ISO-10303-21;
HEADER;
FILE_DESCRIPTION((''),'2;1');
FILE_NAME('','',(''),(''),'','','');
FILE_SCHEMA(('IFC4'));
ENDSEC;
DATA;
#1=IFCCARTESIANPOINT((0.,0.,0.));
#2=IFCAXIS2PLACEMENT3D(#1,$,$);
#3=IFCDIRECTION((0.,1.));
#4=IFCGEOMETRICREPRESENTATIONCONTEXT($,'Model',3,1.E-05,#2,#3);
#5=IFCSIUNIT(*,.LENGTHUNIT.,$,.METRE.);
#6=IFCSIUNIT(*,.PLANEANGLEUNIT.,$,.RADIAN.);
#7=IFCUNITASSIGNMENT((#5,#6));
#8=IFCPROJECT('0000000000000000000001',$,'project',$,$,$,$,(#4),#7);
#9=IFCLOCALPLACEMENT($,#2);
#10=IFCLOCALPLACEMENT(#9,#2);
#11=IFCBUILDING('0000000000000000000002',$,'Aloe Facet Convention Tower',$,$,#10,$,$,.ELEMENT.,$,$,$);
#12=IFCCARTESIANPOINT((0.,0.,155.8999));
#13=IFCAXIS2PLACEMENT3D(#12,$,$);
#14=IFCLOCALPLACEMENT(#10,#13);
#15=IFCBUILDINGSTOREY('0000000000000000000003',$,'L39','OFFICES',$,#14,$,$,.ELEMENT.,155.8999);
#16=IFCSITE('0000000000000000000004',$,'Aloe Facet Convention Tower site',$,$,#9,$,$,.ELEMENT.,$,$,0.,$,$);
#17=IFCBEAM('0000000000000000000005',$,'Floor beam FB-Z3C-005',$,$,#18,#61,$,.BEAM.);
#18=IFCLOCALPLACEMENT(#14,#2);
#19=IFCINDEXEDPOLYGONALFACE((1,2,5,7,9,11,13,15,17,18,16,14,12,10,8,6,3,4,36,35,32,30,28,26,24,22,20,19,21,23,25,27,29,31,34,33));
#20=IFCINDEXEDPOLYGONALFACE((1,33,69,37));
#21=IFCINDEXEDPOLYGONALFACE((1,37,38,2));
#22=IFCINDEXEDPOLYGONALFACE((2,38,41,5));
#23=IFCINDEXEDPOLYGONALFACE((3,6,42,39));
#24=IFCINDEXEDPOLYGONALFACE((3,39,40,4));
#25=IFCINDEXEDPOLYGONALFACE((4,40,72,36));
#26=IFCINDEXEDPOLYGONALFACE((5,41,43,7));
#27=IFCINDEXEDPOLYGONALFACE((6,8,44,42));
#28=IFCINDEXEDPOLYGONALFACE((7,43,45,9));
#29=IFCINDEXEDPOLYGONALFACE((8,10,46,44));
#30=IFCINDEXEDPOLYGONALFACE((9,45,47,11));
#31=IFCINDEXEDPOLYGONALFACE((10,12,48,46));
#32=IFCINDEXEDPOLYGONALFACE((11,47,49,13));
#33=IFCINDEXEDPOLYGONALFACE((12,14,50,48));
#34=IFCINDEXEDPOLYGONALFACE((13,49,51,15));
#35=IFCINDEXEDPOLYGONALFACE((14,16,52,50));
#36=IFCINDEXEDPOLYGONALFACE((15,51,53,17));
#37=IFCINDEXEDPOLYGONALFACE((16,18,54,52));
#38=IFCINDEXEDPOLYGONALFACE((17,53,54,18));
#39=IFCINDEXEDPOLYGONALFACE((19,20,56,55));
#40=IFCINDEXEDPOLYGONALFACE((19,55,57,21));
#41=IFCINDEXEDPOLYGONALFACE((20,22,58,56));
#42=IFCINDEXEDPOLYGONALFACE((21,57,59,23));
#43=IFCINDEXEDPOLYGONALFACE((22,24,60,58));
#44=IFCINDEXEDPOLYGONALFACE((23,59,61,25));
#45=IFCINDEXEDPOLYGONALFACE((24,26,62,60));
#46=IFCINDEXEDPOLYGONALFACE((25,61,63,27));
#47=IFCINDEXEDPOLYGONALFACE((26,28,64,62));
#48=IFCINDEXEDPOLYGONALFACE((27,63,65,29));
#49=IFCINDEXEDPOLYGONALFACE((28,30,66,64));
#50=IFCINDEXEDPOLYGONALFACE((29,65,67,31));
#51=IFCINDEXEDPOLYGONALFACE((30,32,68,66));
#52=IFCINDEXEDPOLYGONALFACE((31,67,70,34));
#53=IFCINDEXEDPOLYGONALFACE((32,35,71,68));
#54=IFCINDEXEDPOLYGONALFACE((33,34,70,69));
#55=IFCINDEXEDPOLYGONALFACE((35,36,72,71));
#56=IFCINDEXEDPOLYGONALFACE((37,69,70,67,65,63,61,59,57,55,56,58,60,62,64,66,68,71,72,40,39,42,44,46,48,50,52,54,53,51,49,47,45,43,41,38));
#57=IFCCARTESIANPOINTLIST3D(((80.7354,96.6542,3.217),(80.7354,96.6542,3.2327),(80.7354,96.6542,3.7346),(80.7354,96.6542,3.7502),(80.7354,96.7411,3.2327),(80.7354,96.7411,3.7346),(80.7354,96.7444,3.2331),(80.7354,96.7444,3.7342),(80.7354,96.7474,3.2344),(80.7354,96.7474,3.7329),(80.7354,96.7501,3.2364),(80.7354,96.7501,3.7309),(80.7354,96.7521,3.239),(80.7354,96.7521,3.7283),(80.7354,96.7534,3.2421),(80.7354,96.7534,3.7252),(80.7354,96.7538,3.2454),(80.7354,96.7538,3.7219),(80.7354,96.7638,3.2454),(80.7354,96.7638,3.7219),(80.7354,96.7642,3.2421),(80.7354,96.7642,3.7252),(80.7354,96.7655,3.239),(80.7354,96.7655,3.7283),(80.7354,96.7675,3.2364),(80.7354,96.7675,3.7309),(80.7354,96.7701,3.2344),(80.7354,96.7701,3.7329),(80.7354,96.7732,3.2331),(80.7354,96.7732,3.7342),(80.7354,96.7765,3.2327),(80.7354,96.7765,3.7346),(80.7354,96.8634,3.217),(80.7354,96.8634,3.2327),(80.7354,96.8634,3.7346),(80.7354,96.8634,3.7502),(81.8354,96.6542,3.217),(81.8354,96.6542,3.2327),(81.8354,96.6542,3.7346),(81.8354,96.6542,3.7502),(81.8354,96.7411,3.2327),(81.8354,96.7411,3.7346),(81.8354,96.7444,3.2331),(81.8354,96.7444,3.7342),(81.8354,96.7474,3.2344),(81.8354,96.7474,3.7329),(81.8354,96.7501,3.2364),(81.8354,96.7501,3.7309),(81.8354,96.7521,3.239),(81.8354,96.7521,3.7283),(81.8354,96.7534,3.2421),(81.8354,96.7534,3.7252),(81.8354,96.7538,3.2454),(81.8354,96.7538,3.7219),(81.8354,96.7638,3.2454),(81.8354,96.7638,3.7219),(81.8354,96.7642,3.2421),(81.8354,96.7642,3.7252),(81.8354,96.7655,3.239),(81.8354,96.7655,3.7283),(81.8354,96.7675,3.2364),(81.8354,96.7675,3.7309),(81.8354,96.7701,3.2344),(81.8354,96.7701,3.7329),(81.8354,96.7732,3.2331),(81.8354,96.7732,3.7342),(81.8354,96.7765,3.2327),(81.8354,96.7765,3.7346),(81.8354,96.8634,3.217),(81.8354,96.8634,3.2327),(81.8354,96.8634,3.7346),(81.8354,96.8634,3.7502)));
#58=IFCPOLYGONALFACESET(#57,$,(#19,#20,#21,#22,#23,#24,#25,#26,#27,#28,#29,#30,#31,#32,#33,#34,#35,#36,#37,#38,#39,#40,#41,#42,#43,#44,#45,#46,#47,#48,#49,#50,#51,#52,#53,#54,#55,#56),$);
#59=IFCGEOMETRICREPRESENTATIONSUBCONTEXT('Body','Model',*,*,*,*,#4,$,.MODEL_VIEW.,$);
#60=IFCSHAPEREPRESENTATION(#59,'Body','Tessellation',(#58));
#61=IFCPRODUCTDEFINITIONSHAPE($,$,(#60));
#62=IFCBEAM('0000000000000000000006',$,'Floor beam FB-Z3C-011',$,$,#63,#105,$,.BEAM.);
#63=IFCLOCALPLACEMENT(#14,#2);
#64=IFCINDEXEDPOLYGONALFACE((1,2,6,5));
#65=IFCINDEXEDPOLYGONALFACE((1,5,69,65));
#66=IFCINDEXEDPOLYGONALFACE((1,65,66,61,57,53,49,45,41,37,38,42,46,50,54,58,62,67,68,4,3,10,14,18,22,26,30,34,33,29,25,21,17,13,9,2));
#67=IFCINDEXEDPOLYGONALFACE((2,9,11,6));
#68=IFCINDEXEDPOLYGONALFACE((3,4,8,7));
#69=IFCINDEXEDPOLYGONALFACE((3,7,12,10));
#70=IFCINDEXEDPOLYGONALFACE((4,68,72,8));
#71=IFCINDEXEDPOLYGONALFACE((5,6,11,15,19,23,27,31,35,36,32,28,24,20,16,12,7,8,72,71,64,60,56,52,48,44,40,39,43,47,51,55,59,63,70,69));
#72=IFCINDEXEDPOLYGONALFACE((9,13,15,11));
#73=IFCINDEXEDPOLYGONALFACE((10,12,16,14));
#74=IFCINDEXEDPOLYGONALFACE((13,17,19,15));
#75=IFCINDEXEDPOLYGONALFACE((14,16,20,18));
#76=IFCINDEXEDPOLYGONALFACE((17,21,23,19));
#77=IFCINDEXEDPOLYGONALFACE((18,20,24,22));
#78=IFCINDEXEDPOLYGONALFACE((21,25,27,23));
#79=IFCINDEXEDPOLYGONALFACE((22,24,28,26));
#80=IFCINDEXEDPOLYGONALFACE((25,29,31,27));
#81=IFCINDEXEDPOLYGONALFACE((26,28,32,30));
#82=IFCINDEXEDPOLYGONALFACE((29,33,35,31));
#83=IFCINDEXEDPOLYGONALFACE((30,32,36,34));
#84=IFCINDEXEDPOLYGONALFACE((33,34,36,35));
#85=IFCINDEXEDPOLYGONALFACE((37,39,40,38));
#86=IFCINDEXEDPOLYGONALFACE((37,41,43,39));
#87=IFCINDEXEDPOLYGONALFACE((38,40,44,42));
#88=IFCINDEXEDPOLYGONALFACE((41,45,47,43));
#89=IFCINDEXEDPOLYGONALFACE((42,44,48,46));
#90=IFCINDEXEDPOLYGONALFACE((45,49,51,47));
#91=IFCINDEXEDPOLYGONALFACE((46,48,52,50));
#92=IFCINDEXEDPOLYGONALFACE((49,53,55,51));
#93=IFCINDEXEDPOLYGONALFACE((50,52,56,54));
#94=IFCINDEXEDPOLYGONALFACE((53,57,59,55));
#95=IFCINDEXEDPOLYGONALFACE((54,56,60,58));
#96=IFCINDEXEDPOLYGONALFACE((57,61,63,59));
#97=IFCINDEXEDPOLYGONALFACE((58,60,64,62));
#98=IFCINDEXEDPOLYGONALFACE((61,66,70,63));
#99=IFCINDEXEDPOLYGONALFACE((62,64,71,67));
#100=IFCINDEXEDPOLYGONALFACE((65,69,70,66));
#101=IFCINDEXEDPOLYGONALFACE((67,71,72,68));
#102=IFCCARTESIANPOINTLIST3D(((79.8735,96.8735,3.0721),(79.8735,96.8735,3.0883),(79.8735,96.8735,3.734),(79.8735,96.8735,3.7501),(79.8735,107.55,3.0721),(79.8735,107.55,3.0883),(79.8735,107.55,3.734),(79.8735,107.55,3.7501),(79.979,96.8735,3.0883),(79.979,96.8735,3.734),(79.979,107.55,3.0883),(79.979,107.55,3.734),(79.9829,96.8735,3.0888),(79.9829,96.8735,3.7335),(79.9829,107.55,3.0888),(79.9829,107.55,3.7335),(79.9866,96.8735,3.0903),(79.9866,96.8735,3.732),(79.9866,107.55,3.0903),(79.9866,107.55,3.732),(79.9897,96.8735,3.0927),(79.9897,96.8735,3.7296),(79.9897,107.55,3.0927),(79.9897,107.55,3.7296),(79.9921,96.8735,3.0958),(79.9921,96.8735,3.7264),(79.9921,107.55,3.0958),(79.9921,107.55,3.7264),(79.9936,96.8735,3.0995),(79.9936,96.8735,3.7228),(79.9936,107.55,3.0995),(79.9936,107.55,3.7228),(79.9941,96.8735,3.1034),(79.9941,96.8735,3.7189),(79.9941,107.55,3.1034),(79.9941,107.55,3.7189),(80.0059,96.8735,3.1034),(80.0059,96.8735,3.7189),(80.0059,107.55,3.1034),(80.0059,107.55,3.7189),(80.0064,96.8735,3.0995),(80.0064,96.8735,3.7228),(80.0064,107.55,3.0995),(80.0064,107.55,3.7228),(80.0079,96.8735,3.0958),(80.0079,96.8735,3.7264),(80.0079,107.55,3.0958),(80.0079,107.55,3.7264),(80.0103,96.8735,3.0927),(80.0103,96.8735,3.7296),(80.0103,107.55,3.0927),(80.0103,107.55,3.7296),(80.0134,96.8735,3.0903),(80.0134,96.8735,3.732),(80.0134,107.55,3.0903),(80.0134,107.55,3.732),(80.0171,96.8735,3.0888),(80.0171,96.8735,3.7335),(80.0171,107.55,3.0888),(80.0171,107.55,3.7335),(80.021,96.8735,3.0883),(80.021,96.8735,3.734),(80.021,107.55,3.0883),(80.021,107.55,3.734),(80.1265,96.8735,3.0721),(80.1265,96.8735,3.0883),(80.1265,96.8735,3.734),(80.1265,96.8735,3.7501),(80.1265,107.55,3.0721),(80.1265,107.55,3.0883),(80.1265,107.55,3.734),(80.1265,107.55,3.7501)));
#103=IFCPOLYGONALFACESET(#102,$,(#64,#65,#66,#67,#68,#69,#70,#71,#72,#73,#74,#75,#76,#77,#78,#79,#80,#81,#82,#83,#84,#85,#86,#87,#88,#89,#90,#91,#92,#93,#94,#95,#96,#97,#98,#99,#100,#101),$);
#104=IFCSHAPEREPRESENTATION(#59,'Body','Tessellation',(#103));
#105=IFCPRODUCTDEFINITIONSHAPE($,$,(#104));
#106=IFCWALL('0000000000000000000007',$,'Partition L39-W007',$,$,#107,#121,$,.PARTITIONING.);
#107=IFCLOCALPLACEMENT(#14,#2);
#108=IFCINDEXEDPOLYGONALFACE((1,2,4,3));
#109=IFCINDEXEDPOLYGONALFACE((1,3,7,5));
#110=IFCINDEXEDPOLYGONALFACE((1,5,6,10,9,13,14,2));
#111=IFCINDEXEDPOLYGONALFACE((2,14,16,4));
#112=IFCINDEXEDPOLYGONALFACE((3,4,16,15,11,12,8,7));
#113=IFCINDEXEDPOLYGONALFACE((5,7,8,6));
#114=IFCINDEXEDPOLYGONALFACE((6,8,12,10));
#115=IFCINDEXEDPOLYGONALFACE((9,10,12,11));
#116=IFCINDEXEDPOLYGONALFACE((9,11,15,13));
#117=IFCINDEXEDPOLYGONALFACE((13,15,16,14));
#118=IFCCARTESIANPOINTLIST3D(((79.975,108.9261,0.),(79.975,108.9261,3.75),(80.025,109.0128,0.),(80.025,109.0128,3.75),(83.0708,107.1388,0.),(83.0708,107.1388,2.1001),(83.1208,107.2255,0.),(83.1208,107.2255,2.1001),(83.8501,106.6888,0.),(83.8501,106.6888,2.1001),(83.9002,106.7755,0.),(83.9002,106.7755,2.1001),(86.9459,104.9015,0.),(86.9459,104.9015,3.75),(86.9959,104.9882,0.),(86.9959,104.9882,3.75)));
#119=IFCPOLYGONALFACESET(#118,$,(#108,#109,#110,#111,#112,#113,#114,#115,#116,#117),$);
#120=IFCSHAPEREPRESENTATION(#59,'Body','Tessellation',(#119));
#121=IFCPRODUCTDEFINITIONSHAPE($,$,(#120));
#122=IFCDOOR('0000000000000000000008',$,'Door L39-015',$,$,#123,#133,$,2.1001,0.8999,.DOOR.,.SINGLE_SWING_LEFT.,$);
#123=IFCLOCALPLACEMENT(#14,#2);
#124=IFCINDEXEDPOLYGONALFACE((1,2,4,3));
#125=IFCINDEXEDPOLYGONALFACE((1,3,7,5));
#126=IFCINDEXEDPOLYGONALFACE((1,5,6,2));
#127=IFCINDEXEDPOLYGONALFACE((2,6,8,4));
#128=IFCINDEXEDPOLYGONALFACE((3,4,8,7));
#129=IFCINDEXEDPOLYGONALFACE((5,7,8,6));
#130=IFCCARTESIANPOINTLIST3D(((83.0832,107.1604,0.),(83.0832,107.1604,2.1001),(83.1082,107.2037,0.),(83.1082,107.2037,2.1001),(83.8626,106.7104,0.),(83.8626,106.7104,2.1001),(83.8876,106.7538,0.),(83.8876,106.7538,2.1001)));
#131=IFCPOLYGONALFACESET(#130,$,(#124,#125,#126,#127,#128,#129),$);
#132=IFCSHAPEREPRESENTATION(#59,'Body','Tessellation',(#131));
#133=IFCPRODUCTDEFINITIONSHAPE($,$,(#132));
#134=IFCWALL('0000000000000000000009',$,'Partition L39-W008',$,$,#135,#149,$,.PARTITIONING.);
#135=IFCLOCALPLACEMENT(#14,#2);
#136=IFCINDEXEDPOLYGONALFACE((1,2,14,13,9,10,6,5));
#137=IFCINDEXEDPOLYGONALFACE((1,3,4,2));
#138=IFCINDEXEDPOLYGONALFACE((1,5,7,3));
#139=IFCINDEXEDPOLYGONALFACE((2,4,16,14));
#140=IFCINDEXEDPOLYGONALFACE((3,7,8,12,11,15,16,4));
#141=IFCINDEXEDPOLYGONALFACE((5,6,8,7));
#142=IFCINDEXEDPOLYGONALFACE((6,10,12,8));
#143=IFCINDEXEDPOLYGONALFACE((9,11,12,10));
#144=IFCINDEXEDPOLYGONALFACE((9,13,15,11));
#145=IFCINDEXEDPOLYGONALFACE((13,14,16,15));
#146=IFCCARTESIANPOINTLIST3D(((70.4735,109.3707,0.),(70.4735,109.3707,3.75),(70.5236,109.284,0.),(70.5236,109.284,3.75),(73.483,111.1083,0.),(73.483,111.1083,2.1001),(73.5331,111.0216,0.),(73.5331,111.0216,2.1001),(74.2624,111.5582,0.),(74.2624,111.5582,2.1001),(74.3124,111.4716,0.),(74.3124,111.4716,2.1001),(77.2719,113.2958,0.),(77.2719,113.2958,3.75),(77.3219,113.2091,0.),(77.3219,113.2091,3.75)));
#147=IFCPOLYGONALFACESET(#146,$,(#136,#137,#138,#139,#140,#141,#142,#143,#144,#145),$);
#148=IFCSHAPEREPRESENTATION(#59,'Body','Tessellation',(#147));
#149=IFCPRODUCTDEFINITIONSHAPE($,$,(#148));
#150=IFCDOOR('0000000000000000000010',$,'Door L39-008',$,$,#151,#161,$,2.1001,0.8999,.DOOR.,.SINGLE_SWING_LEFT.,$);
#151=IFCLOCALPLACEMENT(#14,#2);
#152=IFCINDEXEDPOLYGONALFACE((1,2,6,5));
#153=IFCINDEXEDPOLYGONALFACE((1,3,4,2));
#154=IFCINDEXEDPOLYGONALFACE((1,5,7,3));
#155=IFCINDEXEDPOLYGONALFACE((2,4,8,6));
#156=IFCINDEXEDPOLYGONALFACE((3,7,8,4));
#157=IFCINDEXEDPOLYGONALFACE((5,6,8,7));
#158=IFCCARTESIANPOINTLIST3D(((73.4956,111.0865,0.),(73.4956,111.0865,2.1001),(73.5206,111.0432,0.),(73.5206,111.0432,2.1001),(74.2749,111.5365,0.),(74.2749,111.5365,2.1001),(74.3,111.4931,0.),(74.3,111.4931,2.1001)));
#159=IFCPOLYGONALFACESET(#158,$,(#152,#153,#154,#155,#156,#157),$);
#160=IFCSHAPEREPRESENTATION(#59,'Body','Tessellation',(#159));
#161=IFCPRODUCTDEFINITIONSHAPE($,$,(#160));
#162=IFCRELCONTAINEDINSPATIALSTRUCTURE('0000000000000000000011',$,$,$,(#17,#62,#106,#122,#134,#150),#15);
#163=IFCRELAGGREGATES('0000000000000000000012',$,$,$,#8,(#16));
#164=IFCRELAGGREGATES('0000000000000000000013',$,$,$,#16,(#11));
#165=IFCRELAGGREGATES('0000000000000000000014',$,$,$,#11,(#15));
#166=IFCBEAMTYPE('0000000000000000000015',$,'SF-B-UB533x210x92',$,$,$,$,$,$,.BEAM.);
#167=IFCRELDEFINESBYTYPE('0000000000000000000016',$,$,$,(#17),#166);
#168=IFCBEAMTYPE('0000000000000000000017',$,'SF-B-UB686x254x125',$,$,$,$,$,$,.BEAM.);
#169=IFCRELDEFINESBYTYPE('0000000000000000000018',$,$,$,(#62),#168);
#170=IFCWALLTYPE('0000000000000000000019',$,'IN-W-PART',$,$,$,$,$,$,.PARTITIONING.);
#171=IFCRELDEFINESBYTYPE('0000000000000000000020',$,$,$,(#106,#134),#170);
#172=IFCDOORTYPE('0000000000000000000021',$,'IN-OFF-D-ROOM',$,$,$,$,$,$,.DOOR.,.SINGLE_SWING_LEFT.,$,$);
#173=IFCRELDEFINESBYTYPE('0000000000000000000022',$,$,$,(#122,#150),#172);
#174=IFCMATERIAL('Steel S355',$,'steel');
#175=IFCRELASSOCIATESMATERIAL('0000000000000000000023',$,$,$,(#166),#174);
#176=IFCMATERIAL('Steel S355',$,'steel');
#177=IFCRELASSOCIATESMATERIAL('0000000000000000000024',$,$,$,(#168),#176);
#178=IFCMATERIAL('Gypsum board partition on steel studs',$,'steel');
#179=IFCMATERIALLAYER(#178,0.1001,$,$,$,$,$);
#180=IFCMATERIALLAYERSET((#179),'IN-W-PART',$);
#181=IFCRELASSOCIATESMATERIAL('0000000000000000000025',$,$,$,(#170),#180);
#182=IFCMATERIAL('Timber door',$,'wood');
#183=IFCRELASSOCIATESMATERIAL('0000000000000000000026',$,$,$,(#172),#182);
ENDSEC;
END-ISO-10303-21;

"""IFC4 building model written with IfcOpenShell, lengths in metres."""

from ifc_helpers import new_model, si_unit, direction, frame, frame_2d, origin, origin_2d, place, context, subcontext, project, spatial, rectangle, i_section, extrude, material, layer, layer_set, material_profile, profile_set, type_object, element, fill, save


model = new_model("IFC4")

# Units and contexts
model_context = context("Model", 3, precision=1e-05, world=origin(), true_north=direction((0.0, 1.0)))
body_context = subcontext(model_context, "Body", "Model", "MODEL_VIEW")
ifc_project = project(units=[si_unit("LENGTHUNIT", "METRE"), si_unit("PLANEANGLEUNIT", "RADIAN")], contexts=[model_context])

# Site, building, storey
site_placement = place(None, origin())
site = spatial("IfcSite", under=ifc_project, at=site_placement, Name="Aloe Facet Convention Tower site", CompositionType="ELEMENT", RefElevation=0.0)
building_placement = place(site_placement, origin())
building = spatial("IfcBuilding", under=site, at=building_placement, Name="Aloe Facet Convention Tower", CompositionType="ELEMENT")
storey_placement = place(building_placement, frame((0.0, 0.0, 155.8999)))
storey = spatial("IfcBuildingStorey", under=building, at=storey_placement, Name="L39", Description="OFFICES", CompositionType="ELEMENT", Elevation=155.8999)

# Beams
ifc_material_1 = material(Name="Steel S355", Category="steel")
ifc_material_profile_1 = material_profile(ifc_material_1, i_section(OverallWidth=0.2092, OverallDepth=0.5332, WebThickness=0.01, FlangeThickness=0.0156, FilletRadius=0.0127, at=origin_2d()), Name="UB 533x210x92")
ifc_profile_set_1 = profile_set([ifc_material_profile_1], Name="Steel S355")
beam_type_1 = type_object("IfcBeamType", Name="SF-B-UB533x210x92", PredefinedType="BEAM", material=ifc_profile_set_1)
for number, where, z_axis, x_axis, name in (
    (1, (81.8354, 96.7588, 3.4836), (-1.0, 0.0, 0.0), (0.0, -1.0, 0.0), "Floor beam FB-Z3C-005"),
):
    element("IfcBeam", number, at=place(storey_placement, frame(where, z_axis=z_axis, x_axis=x_axis)), inside=storey, type_object=beam_type_1, Name=name, PredefinedType="BEAM", context=body_context, shape_type="SweptSolid", body=[
        extrude(i_section(OverallWidth=0.2092, OverallDepth=0.5332, WebThickness=0.01, FlangeThickness=0.0156, FilletRadius=0.0127, at=origin_2d()), origin(), (0.0, 0.0, 1.0), 1.1001),
    ])
ifc_material_2 = material(Name="Steel S355", Category="steel")
ifc_material_profile_2 = material_profile(ifc_material_2, i_section(OverallWidth=0.2529, OverallDepth=0.678, WebThickness=0.0117, FlangeThickness=0.0161, FilletRadius=0.0151, at=origin_2d()), Name="UB 686x254x125")
ifc_profile_set_2 = profile_set([ifc_material_profile_2], Name="Steel S355")
beam_type_2 = type_object("IfcBeamType", Name="SF-B-UB686x254x125", PredefinedType="BEAM", material=ifc_profile_set_2)
beam_1_placement = place(storey_placement, frame((80.0, 107.55, 3.4111), z_axis=(0.0, -1.0, 0.0), x_axis=(1.0, 0.0, 0.0)))
element("IfcBeam", 2, at=beam_1_placement, inside=storey, type_object=beam_type_2, Name="Floor beam FB-Z3C-011", PredefinedType="BEAM", context=body_context, shape_type="SweptSolid", body=[
    extrude(i_section(OverallWidth=0.2529, OverallDepth=0.678, WebThickness=0.0117, FlangeThickness=0.0161, FilletRadius=0.0151, at=origin_2d()), origin(), (0.0, 0.0, 1.0), 10.6765),
])

# Walls, openings, doors
ifc_material_3 = material(Name="Gypsum board partition on steel studs", Category="steel")
ifc_layer_1 = layer(ifc_material_3, 0.1001)
ifc_layer_set_1 = layer_set([ifc_layer_1], Name="IN-W-PART")
wall_type_1 = type_object("IfcWallType", Name="IN-W-PART", PredefinedType="PARTITIONING", material=ifc_layer_set_1)
wall_1_placement = place(storey_placement, frame((80.0, 108.9695, 0.0), z_axis=(0.0, 0.0, 1.0), x_axis=(0.866026, -0.499998, 0.0)))
wall_1 = element("IfcWall", 3, at=wall_1_placement, inside=storey, type_object=wall_type_1, Name="Partition L39-W007", PredefinedType="PARTITIONING", context=body_context, shape_type="SweptSolid", body=[
    extrude(rectangle(XDim=8.0493, YDim=0.1001, at=frame_2d((4.0247, 0.0))), origin(), (0.0, 0.0, 1.0), 3.75),
])
opening_1_placement = place(wall_1_placement, frame((3.5747, 0.0, 0.0)))
opening_1 = element("IfcOpeningElement", 4, at=opening_1_placement, cuts=wall_1, PredefinedType="OPENING", context=body_context, shape_type="SweptSolid", body=[
    extrude(rectangle(XDim=0.8999, YDim=2.1001, at=frame_2d((0.45, 1.05))), frame((0.0, 0.0601, 0.0), z_axis=(0.0, -1.0, 0.0), x_axis=(1.0, 0.0, 0.0)), (0.0, 0.0, 1.0), 0.1201),
])
ifc_material_4 = material(Name="Timber door", Category="wood")
door_type = type_object("IfcDoorType", Name="IN-OFF-D-ROOM", OperationType="SINGLE_SWING_LEFT", PredefinedType="DOOR", material=ifc_material_4)
door_1_placement = place(opening_1_placement, origin())
door_1 = element("IfcDoor", 5, at=door_1_placement, inside=storey, type_object=door_type, Name="Door L39-015", OperationType="SINGLE_SWING_LEFT", OverallHeight=2.1001, OverallWidth=0.8999, PredefinedType="DOOR", context=body_context, shape_type="SweptSolid", body=[
    extrude(rectangle(XDim=0.8999, YDim=2.1001, at=frame_2d((0.45, 1.05))), frame((0.0, 0.0249, 0.0), z_axis=(0.0, -1.0, 0.0), x_axis=(1.0, 0.0, 0.0)), (0.0, 0.0, 1.0), 0.05),
])
fill(opening_1, door_1)
wall_2_placement = place(storey_placement, frame((70.4985, 109.3274, 0.0), z_axis=(0.0, 0.0, 1.0), x_axis=(0.866024, 0.500002, 0.0)))
wall_2 = element("IfcWall", 6, at=wall_2_placement, inside=storey, type_object=wall_type_1, Name="Partition L39-W008", PredefinedType="PARTITIONING", context=body_context, shape_type="SweptSolid", body=[
    extrude(rectangle(XDim=7.8501, YDim=0.1001, at=frame_2d((3.925, 0.0))), origin(), (0.0, 0.0, 1.0), 3.75),
])
opening_2_placement = place(wall_2_placement, frame((3.4751, 0.0, 0.0)))
opening_2 = element("IfcOpeningElement", 7, at=opening_2_placement, cuts=wall_2, PredefinedType="OPENING", context=body_context, shape_type="SweptSolid", body=[
    extrude(rectangle(XDim=0.8999, YDim=2.1001, at=frame_2d((0.45, 1.05))), frame((0.0, 0.0601, 0.0), z_axis=(0.0, -1.0, 0.0), x_axis=(1.0, 0.0, 0.0)), (0.0, 0.0, 1.0), 0.1201),
])
door_2_placement = place(opening_2_placement, origin())
door_2 = element("IfcDoor", 8, at=door_2_placement, inside=storey, type_object=door_type, Name="Door L39-008", OperationType="SINGLE_SWING_LEFT", OverallHeight=2.1001, OverallWidth=0.8999, PredefinedType="DOOR", context=body_context, shape_type="SweptSolid", body=[
    extrude(rectangle(XDim=0.8999, YDim=2.1001, at=frame_2d((0.45, 1.05))), frame((0.0, 0.0249, 0.0), z_axis=(0.0, -1.0, 0.0), x_axis=(1.0, 0.0, 0.0)), (0.0, 0.0, 1.0), 0.05),
])
fill(opening_2, door_2)

save(model, "model.ifc")
